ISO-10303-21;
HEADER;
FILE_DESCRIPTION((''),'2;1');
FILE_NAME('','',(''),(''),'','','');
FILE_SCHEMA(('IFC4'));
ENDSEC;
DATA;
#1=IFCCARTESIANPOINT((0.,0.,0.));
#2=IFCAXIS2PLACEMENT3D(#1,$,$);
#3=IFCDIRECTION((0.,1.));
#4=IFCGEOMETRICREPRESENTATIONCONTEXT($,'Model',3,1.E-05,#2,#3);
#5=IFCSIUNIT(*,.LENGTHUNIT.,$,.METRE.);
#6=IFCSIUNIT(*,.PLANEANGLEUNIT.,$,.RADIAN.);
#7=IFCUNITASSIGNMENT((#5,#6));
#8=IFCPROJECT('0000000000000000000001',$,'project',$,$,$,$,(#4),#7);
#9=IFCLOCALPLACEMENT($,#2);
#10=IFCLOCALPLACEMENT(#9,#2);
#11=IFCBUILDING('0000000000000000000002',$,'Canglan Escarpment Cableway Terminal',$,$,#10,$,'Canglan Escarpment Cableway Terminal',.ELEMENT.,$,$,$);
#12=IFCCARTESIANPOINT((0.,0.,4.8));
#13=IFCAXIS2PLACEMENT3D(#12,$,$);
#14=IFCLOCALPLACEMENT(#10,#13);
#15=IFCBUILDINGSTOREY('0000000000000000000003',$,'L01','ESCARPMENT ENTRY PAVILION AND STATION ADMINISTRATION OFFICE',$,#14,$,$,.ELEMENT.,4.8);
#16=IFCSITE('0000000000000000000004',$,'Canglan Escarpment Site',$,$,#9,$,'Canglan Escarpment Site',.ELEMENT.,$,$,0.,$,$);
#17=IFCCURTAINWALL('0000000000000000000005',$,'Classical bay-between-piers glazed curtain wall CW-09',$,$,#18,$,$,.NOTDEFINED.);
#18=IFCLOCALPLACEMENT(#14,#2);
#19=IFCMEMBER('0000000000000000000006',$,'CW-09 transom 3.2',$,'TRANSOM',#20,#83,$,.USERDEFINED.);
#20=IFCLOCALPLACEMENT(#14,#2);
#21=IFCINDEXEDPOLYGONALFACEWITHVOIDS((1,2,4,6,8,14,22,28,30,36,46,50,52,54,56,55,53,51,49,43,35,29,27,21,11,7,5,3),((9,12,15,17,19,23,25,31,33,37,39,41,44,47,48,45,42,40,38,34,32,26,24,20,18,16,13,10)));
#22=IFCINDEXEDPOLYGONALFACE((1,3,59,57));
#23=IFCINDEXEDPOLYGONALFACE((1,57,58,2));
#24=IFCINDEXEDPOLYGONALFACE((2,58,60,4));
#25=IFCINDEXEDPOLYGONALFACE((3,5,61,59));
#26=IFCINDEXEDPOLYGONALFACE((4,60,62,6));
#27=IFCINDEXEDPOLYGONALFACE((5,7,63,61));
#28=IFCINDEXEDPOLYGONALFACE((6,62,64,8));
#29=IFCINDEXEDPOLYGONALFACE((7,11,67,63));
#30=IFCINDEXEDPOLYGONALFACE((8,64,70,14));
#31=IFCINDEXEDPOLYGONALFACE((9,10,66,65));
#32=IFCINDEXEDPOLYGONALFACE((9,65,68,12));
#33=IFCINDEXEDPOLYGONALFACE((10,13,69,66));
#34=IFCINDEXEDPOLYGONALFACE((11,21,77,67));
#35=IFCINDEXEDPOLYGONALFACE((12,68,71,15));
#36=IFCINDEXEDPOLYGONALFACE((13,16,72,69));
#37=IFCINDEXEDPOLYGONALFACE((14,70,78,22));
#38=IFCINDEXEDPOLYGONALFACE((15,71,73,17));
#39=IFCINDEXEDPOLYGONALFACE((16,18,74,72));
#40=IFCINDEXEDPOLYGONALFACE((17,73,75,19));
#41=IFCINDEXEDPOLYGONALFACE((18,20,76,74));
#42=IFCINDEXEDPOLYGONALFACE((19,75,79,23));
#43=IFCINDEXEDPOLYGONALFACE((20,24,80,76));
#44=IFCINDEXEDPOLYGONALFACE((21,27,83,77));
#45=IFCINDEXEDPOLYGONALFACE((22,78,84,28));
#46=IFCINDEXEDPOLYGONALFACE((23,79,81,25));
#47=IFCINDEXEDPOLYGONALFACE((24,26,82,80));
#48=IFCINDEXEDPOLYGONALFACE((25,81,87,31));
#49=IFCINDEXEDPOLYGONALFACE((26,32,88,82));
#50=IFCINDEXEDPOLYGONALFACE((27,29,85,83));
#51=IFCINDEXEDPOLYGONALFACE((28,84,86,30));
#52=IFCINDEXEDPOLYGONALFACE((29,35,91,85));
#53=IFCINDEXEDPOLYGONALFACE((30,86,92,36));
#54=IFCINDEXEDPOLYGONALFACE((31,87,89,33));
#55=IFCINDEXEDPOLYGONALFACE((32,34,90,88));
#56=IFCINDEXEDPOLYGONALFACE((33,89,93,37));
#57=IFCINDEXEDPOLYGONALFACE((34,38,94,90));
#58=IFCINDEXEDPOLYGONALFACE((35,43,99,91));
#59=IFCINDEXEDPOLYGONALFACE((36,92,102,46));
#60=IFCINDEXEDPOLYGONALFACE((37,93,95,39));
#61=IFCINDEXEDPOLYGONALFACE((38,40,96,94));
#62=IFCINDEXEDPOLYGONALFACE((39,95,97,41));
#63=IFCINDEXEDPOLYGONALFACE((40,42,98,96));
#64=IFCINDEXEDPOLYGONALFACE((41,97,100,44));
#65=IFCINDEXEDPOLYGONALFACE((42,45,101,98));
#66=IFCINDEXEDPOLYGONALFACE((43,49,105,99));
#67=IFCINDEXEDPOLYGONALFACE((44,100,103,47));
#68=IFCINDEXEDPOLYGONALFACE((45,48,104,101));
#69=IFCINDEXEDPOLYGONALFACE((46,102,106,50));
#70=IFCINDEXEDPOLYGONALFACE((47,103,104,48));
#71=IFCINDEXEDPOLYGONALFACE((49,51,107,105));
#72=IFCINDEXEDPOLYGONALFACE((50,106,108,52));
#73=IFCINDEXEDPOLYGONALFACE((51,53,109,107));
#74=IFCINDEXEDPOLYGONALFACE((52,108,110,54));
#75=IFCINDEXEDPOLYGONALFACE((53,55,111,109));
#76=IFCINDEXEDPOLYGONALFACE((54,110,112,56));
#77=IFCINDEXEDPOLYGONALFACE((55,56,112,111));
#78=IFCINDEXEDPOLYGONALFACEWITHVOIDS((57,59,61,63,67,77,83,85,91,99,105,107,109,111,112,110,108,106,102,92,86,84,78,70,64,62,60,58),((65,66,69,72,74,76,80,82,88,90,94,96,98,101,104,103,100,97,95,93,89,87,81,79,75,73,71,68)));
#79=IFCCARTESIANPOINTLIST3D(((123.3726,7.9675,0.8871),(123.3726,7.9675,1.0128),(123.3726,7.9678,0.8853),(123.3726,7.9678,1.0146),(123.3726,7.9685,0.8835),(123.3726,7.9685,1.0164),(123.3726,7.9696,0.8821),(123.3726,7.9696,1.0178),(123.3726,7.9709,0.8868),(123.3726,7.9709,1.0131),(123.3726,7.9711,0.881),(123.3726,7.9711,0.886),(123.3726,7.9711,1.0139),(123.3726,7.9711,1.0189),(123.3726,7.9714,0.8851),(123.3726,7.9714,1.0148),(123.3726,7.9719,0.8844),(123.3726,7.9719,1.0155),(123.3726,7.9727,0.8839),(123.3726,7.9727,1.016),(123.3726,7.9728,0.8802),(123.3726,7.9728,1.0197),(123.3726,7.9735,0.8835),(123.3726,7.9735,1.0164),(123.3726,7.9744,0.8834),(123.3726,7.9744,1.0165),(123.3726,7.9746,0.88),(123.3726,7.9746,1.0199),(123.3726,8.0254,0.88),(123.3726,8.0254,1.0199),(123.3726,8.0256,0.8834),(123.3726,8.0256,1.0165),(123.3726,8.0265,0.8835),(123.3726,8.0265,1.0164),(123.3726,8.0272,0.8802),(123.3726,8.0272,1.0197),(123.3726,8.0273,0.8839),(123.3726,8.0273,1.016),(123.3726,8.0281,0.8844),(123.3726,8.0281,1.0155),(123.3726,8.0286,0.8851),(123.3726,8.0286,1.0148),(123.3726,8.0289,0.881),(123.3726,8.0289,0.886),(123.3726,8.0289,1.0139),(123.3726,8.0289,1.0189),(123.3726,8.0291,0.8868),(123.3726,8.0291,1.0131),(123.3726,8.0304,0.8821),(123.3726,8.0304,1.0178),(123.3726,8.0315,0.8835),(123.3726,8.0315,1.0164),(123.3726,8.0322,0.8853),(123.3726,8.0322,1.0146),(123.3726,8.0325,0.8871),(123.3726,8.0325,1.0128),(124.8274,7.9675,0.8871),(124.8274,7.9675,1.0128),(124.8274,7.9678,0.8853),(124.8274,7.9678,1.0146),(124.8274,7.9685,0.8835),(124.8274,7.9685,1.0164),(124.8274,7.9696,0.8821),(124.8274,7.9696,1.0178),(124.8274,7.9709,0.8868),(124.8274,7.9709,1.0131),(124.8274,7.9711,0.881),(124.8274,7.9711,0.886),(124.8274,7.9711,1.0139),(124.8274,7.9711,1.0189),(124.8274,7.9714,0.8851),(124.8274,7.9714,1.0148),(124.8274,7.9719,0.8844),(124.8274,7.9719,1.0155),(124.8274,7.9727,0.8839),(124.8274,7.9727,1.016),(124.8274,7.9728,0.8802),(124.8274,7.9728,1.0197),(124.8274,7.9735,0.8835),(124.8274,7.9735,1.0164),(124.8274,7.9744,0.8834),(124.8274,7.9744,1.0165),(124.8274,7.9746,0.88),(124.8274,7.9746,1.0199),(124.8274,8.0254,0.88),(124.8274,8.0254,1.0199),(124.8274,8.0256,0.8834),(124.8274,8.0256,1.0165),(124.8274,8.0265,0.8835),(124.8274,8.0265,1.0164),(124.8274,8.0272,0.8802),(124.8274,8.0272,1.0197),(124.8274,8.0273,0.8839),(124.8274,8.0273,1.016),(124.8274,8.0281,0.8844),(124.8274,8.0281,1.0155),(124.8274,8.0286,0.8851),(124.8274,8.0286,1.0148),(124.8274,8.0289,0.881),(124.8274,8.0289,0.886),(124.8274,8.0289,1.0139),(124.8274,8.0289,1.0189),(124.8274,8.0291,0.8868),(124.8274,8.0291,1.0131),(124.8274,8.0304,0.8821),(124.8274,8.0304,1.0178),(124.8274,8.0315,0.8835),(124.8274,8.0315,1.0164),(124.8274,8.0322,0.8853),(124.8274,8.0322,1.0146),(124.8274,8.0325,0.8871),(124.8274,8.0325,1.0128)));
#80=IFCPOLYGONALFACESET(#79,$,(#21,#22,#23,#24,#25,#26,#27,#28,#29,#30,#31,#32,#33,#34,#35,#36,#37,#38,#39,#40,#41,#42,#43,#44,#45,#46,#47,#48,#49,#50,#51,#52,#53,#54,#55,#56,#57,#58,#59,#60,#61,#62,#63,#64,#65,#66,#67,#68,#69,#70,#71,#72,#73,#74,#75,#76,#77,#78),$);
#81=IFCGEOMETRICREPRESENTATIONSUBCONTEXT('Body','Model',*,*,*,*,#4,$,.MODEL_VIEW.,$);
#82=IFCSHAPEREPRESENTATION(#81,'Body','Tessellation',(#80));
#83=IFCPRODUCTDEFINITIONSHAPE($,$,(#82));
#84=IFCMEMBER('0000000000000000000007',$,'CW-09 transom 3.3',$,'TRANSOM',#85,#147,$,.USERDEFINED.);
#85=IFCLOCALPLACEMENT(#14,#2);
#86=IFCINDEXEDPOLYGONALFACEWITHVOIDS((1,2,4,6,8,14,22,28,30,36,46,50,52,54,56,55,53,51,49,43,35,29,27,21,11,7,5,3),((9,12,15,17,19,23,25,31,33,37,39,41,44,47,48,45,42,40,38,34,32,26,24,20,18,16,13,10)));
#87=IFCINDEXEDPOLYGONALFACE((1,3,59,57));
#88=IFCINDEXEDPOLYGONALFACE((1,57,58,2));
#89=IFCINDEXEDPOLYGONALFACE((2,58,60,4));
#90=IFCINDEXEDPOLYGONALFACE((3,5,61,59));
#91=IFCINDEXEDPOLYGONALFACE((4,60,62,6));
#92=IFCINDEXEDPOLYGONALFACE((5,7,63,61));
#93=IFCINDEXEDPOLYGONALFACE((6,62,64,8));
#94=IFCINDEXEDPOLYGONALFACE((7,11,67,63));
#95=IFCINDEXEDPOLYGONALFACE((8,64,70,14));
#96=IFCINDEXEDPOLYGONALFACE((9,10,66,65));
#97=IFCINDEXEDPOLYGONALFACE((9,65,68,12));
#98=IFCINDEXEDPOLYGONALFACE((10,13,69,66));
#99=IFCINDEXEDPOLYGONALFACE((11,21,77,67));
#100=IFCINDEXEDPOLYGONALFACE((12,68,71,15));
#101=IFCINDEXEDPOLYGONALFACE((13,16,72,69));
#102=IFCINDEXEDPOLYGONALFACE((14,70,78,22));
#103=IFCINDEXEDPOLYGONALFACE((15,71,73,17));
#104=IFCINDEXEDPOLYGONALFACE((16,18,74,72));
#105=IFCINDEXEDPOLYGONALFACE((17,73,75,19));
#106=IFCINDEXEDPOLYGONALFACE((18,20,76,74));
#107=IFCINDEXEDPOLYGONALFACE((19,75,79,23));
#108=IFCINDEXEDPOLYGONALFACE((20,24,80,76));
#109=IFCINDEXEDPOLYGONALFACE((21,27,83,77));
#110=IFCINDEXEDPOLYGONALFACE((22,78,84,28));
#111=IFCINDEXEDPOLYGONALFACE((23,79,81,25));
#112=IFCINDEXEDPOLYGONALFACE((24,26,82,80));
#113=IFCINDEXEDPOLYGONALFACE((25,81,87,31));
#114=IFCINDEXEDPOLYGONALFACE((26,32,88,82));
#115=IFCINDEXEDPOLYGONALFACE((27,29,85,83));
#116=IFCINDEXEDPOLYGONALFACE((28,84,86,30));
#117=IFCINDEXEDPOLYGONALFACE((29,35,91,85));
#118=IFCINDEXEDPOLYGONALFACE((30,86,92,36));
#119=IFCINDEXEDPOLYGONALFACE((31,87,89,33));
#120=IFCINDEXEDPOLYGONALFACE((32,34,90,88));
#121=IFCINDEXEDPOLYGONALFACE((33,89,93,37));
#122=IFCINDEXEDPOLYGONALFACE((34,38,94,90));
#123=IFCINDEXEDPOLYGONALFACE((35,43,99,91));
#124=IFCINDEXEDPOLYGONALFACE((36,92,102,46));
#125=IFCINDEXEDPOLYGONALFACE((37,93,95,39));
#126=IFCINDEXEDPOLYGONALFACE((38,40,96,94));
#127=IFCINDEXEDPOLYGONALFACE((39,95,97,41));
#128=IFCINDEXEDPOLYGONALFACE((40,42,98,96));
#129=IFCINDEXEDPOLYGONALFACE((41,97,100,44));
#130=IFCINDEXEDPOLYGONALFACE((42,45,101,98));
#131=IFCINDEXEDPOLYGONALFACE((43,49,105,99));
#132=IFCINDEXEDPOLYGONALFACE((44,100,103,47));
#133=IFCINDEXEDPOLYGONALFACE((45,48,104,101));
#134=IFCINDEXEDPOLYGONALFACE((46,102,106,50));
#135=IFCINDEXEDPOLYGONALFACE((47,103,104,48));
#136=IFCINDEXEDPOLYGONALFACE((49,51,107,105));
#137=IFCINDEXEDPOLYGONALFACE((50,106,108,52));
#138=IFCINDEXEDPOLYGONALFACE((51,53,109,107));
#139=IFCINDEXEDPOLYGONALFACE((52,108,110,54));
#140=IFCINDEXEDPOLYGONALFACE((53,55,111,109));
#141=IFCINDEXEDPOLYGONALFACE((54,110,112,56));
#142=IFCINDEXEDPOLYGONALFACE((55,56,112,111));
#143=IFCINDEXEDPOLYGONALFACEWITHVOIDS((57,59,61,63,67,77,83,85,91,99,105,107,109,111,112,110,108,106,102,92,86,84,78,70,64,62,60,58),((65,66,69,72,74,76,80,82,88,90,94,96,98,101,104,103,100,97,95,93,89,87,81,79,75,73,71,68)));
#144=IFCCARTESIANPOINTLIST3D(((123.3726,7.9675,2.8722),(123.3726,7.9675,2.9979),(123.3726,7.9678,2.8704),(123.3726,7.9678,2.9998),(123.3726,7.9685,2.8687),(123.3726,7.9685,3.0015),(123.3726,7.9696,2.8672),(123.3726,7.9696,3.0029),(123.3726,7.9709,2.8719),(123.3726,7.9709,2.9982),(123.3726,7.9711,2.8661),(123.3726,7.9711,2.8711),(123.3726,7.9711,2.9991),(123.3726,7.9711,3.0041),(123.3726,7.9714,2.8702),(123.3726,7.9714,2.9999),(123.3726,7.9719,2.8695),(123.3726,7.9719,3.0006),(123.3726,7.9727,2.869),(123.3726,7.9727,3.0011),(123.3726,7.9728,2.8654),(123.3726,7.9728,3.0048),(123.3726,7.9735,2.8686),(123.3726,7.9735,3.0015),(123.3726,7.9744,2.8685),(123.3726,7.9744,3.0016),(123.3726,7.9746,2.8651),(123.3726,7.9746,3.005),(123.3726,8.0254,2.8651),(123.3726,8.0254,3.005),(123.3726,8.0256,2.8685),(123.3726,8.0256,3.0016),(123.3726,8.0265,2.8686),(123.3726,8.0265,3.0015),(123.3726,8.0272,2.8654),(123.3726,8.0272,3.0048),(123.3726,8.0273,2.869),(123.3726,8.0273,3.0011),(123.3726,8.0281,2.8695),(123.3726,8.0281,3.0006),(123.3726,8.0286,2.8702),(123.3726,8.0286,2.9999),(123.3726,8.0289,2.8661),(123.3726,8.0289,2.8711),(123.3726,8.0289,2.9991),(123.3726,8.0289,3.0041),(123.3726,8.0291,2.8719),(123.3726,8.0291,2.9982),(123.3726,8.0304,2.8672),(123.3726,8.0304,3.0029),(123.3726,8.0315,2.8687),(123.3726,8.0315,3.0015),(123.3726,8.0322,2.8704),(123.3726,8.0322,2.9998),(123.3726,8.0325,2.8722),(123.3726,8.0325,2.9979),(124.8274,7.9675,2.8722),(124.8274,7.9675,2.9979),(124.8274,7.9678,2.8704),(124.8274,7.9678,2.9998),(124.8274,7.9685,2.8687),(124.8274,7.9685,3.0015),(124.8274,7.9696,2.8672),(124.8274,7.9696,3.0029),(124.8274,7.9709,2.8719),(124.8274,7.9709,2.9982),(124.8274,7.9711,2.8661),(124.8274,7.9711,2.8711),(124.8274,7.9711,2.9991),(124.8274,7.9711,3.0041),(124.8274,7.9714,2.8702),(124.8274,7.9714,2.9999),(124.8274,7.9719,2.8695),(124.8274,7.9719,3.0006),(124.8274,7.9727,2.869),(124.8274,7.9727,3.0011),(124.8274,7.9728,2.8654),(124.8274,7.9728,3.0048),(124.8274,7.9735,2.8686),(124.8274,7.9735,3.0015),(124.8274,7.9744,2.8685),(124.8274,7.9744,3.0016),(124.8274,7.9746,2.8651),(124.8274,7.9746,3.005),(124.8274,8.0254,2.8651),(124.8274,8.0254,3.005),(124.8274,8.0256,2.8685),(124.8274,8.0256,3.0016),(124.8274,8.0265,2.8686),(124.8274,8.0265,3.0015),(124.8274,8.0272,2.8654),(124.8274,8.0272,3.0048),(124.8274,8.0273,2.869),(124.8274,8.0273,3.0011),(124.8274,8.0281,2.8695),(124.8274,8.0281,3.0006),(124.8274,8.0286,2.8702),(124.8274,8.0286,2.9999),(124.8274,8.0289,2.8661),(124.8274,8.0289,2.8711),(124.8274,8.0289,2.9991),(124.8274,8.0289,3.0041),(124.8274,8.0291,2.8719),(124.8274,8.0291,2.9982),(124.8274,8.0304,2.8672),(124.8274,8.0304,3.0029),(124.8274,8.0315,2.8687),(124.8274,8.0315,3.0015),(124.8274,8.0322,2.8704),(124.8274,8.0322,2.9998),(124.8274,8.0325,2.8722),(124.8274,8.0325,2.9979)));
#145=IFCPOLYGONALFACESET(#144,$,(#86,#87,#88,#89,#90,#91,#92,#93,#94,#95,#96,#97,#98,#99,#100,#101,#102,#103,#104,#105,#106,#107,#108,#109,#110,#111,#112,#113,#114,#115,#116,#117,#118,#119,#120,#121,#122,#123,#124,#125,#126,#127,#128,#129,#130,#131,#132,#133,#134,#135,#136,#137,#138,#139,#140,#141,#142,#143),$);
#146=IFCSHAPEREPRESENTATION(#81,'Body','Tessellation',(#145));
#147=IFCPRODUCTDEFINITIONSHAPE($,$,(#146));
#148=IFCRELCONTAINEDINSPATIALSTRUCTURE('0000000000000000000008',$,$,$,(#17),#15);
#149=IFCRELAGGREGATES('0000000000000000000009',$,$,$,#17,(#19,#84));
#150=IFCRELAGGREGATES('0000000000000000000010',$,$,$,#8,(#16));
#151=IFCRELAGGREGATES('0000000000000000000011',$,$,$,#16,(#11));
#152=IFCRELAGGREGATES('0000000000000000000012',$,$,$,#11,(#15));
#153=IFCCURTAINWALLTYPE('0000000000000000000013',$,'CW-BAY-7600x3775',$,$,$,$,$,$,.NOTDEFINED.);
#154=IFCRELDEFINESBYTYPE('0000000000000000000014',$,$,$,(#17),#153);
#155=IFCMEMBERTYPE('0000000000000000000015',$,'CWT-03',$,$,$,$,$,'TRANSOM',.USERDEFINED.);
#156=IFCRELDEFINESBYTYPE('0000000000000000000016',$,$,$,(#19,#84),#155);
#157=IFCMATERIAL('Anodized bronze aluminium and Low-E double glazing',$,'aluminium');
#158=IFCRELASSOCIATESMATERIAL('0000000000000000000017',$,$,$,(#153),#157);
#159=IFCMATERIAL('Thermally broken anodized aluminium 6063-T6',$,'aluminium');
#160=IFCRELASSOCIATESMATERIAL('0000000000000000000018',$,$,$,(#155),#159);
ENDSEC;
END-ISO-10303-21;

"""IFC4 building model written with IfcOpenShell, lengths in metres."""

from ifc_helpers import new_model, si_unit, direction, frame, origin, origin_2d, place, context, subcontext, project, spatial, hollow_rectangle, extrude, material, material_profile, profile_set, type_object, element, aggregate, save


model = new_model("IFC4")

# Units and contexts
model_context = context("Model", 3, precision=1e-05, world=origin(), true_north=direction((0.0, 1.0)))
body_context = subcontext(model_context, "Body", "Model", "MODEL_VIEW")
ifc_project = project(units=[si_unit("LENGTHUNIT", "METRE"), si_unit("PLANEANGLEUNIT", "RADIAN")], contexts=[model_context])

# Site, building, storey
site_placement = place(None, origin())
site = spatial("IfcSite", under=ifc_project, at=site_placement, Name="Canglan Escarpment Site", LongName="Canglan Escarpment Site", CompositionType="ELEMENT", RefElevation=0.0)
building_placement = place(site_placement, origin())
building = spatial("IfcBuilding", under=site, at=building_placement, Name="Canglan Escarpment Cableway Terminal", LongName="Canglan Escarpment Cableway Terminal", CompositionType="ELEMENT")
storey_placement = place(building_placement, frame((0.0, 0.0, 4.8)))
storey = spatial("IfcBuildingStorey", under=building, at=storey_placement, Name="L01", Description="ESCARPMENT ENTRY PAVILION AND STATION ADMINISTRATION OFFICE", CompositionType="ELEMENT", Elevation=4.8)

# Curtain wall, members
ifc_material_1 = material(Name="Anodized bronze aluminium and Low-E double glazing", Category="aluminium")
curtain_wall_type = type_object("IfcCurtainWallType", Name="CW-BAY-7600x3775", PredefinedType="NOTDEFINED", material=ifc_material_1)
curtain_wall_placement = place(storey_placement, origin())
curtain_wall = element("IfcCurtainWall", 1, at=curtain_wall_placement, inside=storey, type_object=curtain_wall_type, Name="Classical bay-between-piers glazed curtain wall CW-09", PredefinedType="NOTDEFINED")
ifc_material_2 = material(Name="Thermally broken anodized aluminium 6063-T6", Category="aluminium")
ifc_material_profile_1 = material_profile(ifc_material_2, hollow_rectangle(XDim=0.0649, YDim=0.1399, WallThickness=0.0034, InnerFilletRadius=0.0034, OuterFilletRadius=0.0071, at=origin_2d()), Name="ALU-TRAN 65x140x3.5")
ifc_profile_set_1 = profile_set([ifc_material_profile_1], Name="Thermally broken anodized aluminium 6063-T6")
member_type_1 = type_object("IfcMemberType", Name="CWT-03", ElementType="TRANSOM", PredefinedType="USERDEFINED", material=ifc_profile_set_1)
member_1_placement = place(storey_placement, frame((123.3726, 8.0, 0.95), z_axis=(1.0, 0.0, 0.0), x_axis=(0.0, 1.0, 0.0)))
member_1 = element("IfcMember", 2, at=member_1_placement, type_object=member_type_1, Name="CW-09 transom 3.2", ObjectType="TRANSOM", PredefinedType="USERDEFINED", context=body_context, shape_type="SweptSolid", body=[
    extrude(hollow_rectangle(XDim=0.0649, YDim=0.1399, WallThickness=0.0034, InnerFilletRadius=0.0034, OuterFilletRadius=0.0071, at=origin_2d()), origin(), (0.0, 0.0, 1.0), 1.4548),
])
member_2_placement = place(storey_placement, frame((123.3726, 8.0, 2.9351), z_axis=(1.0, 0.0, 0.0), x_axis=(0.0, 1.0, 0.0)))
member_2 = element("IfcMember", 3, at=member_2_placement, type_object=member_type_1, Name="CW-09 transom 3.3", ObjectType="TRANSOM", PredefinedType="USERDEFINED", context=body_context, shape_type="SweptSolid", body=[
    extrude(hollow_rectangle(XDim=0.0649, YDim=0.1399, WallThickness=0.0034, InnerFilletRadius=0.0034, OuterFilletRadius=0.0071, at=origin_2d()), origin(), (0.0, 0.0, 1.0), 1.4548),
])
aggregate(curtain_wall, [member_1, member_2])

save(model, "model.ifc")
